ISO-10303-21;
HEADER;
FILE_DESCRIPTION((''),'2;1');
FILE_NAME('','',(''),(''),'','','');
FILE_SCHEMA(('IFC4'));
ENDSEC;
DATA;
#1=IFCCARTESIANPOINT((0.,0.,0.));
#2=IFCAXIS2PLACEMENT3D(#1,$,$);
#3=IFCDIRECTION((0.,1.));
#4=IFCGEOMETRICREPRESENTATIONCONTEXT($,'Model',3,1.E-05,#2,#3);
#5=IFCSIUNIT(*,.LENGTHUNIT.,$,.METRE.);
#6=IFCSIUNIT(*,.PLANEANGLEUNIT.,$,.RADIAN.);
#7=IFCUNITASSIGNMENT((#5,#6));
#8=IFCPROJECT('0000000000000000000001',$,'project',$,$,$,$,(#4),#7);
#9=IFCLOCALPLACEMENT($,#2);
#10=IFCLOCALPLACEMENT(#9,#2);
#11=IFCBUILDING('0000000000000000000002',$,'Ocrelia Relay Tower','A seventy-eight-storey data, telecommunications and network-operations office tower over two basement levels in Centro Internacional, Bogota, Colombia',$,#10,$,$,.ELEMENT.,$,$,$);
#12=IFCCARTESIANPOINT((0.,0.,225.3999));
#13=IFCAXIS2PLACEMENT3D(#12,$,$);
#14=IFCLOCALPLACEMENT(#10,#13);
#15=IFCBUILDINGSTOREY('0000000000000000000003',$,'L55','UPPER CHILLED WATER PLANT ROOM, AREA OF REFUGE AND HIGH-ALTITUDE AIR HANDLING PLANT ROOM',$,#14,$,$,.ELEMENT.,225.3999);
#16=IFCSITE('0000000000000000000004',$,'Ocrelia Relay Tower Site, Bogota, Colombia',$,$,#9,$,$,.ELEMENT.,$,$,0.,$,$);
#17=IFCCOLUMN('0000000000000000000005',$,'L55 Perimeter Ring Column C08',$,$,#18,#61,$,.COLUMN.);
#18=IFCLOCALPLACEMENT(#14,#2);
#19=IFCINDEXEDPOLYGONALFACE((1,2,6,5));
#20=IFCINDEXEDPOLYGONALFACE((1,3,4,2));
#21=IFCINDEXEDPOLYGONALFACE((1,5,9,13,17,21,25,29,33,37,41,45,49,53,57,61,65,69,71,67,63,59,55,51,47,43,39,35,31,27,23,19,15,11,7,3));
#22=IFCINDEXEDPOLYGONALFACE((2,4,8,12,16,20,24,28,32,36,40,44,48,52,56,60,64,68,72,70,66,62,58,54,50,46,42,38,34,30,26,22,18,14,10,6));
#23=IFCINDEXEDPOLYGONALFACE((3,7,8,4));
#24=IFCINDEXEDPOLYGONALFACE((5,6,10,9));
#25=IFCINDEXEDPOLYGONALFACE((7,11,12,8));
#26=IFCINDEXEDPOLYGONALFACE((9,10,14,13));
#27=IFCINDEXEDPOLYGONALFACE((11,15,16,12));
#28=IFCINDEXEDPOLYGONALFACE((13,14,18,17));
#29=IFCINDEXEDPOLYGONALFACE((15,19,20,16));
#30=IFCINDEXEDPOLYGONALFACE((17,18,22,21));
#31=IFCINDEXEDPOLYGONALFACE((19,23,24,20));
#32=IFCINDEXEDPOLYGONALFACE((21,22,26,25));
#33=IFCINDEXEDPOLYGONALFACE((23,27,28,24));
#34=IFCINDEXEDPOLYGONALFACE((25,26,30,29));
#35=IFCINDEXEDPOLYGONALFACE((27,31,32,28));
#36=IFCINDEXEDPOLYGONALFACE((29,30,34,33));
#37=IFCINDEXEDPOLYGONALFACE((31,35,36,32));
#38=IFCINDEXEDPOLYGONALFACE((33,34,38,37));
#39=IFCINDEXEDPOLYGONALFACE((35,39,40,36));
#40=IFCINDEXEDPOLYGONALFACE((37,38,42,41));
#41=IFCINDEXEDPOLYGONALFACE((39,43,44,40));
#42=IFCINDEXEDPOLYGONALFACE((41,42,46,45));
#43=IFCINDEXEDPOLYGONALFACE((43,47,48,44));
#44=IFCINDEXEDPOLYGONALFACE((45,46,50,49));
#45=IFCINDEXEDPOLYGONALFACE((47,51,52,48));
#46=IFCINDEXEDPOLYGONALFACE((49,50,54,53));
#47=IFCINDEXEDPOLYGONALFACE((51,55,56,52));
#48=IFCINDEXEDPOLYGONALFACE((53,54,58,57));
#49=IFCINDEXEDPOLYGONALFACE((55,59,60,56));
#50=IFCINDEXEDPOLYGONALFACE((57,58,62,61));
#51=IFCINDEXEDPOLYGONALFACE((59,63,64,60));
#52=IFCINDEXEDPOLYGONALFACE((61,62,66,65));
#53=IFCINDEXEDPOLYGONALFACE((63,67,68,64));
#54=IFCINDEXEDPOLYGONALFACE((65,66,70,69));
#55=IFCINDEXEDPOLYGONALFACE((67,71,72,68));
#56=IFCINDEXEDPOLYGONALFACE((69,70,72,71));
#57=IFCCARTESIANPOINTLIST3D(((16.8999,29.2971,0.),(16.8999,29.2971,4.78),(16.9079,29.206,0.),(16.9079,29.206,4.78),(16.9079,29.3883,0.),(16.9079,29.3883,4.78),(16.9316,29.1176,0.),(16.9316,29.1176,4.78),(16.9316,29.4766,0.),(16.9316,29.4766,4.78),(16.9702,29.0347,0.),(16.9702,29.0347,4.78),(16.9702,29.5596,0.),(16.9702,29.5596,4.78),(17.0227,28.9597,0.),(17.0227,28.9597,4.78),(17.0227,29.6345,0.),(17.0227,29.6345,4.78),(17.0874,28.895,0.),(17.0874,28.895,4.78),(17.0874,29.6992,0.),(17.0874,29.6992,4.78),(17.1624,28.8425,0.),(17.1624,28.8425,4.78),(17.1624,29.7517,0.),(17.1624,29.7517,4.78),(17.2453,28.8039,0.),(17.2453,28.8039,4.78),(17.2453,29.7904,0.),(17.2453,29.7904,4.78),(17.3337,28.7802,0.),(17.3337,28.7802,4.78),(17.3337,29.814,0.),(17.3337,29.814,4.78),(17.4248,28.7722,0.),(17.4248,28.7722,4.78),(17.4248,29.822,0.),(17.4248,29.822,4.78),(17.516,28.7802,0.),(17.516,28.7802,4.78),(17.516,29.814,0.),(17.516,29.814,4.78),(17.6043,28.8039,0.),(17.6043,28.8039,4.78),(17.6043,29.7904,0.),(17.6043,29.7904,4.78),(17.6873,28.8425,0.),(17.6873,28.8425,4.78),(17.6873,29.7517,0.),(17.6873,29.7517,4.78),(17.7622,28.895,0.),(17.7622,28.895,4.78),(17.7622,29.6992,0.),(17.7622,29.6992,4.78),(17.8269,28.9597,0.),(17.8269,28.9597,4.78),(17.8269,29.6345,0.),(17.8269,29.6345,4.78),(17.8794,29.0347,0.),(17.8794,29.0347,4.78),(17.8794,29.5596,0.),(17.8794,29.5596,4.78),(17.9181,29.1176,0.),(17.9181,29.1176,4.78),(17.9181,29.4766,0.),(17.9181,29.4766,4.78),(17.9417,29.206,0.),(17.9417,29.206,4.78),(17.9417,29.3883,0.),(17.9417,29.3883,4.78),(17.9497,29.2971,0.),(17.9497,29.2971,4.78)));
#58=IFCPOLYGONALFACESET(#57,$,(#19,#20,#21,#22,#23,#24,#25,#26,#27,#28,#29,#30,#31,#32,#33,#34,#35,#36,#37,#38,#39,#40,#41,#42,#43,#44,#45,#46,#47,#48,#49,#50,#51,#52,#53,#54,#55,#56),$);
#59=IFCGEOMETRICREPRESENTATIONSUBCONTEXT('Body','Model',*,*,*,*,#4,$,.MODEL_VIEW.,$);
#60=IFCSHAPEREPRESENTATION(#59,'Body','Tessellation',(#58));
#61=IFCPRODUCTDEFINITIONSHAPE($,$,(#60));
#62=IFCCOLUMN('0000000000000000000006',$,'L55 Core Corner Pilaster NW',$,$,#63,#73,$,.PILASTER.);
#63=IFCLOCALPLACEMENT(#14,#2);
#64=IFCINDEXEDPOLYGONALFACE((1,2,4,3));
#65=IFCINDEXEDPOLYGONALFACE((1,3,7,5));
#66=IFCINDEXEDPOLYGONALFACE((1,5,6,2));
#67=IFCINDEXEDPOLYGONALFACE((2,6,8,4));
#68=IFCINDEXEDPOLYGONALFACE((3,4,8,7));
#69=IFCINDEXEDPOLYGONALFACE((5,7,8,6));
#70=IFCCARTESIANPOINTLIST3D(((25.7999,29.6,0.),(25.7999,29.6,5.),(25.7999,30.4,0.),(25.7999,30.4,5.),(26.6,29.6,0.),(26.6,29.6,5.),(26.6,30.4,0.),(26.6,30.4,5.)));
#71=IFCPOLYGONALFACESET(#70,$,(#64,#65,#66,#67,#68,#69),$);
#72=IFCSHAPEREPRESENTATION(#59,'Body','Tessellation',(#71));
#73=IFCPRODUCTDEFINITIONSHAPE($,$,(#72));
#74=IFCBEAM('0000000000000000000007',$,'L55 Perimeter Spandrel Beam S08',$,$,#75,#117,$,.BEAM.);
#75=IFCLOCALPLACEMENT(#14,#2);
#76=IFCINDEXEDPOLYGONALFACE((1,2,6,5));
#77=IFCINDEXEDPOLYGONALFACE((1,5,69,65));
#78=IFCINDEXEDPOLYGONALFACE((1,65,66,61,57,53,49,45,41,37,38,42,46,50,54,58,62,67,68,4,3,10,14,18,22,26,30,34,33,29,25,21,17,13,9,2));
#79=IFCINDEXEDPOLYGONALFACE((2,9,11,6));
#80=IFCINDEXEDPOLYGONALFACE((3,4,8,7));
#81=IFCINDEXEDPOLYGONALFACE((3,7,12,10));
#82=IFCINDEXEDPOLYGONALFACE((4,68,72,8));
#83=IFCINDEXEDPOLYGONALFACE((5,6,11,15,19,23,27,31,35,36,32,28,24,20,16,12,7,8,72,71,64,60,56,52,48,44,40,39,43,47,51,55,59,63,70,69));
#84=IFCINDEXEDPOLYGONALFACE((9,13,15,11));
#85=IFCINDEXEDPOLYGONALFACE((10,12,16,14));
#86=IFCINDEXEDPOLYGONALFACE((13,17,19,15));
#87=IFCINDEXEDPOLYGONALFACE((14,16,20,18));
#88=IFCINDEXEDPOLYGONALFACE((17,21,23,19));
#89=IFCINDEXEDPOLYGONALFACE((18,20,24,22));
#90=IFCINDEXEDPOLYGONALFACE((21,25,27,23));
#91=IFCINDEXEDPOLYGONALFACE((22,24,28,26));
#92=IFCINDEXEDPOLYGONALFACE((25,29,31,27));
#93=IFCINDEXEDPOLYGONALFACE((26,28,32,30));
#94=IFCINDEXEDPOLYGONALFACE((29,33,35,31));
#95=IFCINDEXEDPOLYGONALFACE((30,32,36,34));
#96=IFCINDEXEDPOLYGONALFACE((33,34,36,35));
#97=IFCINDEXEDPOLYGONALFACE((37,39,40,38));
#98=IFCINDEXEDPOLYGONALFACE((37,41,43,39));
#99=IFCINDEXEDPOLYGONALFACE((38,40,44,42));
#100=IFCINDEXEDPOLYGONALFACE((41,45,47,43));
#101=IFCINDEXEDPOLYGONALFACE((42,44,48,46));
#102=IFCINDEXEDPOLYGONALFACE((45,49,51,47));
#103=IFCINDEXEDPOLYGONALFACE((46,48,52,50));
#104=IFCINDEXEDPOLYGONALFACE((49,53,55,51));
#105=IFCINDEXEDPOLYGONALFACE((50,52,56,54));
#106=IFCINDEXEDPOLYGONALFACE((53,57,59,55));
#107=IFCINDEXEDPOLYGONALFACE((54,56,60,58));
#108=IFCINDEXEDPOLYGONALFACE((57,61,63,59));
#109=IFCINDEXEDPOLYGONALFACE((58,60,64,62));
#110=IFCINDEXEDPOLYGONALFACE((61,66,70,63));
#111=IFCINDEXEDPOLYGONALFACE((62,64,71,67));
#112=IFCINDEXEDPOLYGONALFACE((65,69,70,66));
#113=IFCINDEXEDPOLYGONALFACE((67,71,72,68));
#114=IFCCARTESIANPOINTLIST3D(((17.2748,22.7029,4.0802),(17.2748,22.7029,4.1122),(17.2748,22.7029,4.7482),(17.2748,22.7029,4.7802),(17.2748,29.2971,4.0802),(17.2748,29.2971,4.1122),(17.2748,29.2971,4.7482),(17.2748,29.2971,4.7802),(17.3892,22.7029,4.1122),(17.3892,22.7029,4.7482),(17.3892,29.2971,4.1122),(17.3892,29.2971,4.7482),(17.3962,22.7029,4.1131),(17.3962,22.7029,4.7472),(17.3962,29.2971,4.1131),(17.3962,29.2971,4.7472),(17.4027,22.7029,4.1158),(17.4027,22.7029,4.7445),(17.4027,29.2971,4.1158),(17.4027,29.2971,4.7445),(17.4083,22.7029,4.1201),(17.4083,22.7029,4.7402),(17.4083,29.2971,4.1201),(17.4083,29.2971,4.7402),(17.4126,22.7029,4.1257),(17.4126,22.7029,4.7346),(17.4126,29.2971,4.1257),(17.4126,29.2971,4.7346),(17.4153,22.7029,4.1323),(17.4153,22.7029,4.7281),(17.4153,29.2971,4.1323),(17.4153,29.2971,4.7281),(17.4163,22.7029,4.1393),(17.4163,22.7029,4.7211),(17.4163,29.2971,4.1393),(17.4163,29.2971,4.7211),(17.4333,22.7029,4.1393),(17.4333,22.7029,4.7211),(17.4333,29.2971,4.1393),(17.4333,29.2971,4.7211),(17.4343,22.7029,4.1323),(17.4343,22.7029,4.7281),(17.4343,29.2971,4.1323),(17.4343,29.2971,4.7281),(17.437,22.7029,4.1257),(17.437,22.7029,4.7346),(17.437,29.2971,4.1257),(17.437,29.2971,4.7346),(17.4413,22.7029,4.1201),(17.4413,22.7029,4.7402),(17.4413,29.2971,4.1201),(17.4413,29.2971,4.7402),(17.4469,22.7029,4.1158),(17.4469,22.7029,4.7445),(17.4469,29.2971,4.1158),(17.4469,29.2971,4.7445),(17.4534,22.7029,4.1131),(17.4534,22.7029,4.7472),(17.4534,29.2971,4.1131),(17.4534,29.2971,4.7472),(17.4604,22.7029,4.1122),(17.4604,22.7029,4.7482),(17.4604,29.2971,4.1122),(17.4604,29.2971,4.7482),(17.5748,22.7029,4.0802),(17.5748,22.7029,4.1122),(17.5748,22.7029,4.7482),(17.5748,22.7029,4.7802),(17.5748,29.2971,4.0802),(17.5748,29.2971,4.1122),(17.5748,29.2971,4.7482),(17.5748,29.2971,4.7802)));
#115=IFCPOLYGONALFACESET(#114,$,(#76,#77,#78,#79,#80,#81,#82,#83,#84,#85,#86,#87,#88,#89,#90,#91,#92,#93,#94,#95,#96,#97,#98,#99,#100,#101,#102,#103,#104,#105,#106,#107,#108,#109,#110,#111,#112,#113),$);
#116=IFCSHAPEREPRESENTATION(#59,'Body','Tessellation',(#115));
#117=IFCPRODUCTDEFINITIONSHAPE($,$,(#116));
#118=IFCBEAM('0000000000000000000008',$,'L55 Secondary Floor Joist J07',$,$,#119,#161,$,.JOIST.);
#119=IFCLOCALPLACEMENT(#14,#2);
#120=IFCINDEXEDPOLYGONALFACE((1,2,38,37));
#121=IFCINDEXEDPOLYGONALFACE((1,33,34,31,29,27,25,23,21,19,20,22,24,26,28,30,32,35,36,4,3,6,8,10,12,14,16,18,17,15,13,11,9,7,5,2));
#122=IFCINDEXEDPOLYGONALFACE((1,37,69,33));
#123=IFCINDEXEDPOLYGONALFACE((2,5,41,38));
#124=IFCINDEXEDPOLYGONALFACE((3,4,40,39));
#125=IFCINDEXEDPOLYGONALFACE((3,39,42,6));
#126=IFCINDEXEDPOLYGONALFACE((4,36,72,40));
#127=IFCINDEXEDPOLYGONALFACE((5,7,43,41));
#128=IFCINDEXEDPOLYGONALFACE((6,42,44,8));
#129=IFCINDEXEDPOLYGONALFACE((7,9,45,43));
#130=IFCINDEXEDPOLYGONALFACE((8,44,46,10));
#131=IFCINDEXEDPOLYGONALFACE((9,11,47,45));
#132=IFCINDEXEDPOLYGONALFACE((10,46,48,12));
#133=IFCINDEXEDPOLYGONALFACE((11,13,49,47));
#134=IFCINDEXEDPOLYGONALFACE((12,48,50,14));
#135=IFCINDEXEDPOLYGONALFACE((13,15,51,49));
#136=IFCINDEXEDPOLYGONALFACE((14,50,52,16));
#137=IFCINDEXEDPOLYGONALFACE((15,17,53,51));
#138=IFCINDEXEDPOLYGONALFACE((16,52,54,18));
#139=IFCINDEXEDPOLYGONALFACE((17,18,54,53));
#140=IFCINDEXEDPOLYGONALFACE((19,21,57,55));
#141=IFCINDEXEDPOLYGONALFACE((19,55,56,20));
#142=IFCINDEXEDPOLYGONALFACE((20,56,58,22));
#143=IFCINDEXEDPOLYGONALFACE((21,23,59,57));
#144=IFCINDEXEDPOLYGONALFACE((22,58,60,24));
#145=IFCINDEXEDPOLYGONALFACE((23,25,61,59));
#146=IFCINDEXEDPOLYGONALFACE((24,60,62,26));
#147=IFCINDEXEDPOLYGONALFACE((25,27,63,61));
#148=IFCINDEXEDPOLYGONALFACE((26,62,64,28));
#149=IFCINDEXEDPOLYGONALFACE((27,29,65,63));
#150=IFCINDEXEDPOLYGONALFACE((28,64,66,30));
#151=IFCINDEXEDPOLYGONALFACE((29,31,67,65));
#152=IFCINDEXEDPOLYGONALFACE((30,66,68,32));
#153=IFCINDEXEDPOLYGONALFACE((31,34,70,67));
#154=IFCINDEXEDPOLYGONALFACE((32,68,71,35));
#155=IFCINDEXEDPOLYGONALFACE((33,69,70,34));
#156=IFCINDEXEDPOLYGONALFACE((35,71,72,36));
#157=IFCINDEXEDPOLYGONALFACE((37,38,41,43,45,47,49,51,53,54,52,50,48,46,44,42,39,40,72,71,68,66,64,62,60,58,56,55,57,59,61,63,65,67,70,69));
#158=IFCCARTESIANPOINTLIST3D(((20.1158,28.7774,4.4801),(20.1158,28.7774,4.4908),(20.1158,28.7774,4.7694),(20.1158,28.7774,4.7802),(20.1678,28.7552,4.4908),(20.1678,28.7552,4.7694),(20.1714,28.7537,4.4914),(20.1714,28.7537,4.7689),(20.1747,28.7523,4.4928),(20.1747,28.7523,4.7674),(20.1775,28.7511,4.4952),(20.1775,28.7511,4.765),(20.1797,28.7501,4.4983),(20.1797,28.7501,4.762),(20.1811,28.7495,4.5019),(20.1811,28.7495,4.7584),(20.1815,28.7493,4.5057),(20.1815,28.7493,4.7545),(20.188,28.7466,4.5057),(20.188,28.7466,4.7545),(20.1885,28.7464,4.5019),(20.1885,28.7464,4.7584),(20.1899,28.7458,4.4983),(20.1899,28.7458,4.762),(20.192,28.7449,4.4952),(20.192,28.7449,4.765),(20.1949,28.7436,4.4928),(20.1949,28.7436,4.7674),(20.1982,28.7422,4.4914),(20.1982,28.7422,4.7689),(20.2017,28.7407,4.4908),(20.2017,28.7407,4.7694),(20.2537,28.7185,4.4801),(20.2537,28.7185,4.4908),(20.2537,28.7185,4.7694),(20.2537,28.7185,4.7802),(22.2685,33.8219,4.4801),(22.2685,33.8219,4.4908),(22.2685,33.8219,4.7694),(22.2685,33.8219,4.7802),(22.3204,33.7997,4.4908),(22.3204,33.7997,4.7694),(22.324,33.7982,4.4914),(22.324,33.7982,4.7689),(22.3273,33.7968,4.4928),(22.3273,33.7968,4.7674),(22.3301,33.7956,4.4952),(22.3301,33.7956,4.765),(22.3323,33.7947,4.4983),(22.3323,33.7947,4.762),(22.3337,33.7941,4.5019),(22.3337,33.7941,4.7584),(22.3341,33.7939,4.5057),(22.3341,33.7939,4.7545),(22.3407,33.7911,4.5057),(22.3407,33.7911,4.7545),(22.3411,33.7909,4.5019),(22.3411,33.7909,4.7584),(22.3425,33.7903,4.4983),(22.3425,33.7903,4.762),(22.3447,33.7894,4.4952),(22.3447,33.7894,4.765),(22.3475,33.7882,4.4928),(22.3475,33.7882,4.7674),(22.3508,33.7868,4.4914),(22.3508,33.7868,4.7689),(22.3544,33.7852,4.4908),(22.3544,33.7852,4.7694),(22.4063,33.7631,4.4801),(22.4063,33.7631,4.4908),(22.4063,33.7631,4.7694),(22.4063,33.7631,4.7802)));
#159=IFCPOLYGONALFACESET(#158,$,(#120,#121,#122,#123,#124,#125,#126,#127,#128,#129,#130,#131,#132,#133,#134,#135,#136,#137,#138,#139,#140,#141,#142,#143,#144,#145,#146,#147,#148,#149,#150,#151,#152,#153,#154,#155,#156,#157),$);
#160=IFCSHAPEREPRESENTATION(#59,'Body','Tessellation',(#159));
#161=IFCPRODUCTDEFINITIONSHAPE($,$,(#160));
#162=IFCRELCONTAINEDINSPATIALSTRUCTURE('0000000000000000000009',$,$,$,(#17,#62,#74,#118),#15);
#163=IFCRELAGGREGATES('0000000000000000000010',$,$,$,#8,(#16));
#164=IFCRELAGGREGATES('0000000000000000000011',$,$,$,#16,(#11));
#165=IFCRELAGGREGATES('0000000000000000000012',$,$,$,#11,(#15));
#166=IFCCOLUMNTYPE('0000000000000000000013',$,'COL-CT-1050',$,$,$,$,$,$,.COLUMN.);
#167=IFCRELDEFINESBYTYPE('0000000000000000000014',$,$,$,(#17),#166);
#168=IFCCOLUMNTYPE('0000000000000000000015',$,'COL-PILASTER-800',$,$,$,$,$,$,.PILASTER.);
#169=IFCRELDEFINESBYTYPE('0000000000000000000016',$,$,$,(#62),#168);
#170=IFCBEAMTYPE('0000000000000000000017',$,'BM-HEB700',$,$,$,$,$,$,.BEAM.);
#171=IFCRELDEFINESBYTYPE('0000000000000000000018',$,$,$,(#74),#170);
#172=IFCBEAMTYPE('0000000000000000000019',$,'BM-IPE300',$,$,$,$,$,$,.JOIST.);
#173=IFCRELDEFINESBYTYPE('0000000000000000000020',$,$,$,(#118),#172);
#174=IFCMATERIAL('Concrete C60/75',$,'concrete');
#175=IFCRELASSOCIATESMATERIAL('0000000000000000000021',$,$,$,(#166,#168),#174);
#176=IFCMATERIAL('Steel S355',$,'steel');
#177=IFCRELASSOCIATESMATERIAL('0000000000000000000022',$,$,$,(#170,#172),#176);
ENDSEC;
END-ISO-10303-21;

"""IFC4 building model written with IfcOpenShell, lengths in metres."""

from ifc_helpers import new_model, si_unit, direction, frame, origin, origin_2d, place, context, subcontext, project, spatial, rectangle, circle, i_section, extrude, material, material_profile, profile_set, type_object, element, save


model = new_model("IFC4")

# Units and contexts
model_context = context("Model", 3, precision=1e-05, world=origin(), true_north=direction((0.0, 1.0)))
body_context = subcontext(model_context, "Body", "Model", "MODEL_VIEW")
ifc_project = project(units=[si_unit("LENGTHUNIT", "METRE"), si_unit("PLANEANGLEUNIT", "RADIAN")], contexts=[model_context])

# Site, building, storey
site_placement = place(None, origin())
site = spatial("IfcSite", under=ifc_project, at=site_placement, Name="Ocrelia Relay Tower Site, Bogota, Colombia", CompositionType="ELEMENT", RefElevation=0.0)
building_placement = place(site_placement, origin())
building = spatial("IfcBuilding", under=site, at=building_placement, Name="Ocrelia Relay Tower", Description="A seventy-eight-storey data, telecommunications and network-operations office tower over two basement levels in Centro Internacional, Bogota, Colombia", CompositionType="ELEMENT")
storey_placement = place(building_placement, frame((0.0, 0.0, 225.3999)))
storey = spatial("IfcBuildingStorey", under=building, at=storey_placement, Name="L55", Description="UPPER CHILLED WATER PLANT ROOM, AREA OF REFUGE AND HIGH-ALTITUDE AIR HANDLING PLANT ROOM", CompositionType="ELEMENT", Elevation=225.3999)

# Columns
ifc_material_1 = material(Name="Concrete C60/75", Category="concrete")
ifc_material_profile_1 = material_profile(ifc_material_1, circle(Radius=0.5249, at=origin_2d()), Name="RC-CIR-1050")
ifc_profile_set_1 = profile_set([ifc_material_profile_1], Name="Concrete C60/75")
column_type_1 = type_object("IfcColumnType", Name="COL-CT-1050", PredefinedType="COLUMN", material=ifc_profile_set_1)
column_1_placement = place(storey_placement, frame((17.4248, 29.2971, 0.0), z_axis=(0.0, 0.0, 1.0), x_axis=(1.0, 0.0, 0.0)))
element("IfcColumn", 1, at=column_1_placement, inside=storey, type_object=column_type_1, Name="L55 Perimeter Ring Column C08", PredefinedType="COLUMN", context=body_context, shape_type="SweptSolid", body=[
    extrude(circle(Radius=0.5249, at=origin_2d()), origin(), (0.0, 0.0, 1.0), 4.78),
])
ifc_material_profile_2 = material_profile(ifc_material_1, rectangle(XDim=0.8, YDim=0.8, at=origin_2d()), Name="RC-COL-800x800")
ifc_profile_set_2 = profile_set([ifc_material_profile_2], Name="Concrete C60/75")
column_type_2 = type_object("IfcColumnType", Name="COL-PILASTER-800", PredefinedType="PILASTER", material=ifc_profile_set_2)
column_2_placement = place(storey_placement, frame((26.2, 30.0, 0.0), z_axis=(0.0, 0.0, 1.0), x_axis=(1.0, 0.0, 0.0)))
element("IfcColumn", 2, at=column_2_placement, inside=storey, type_object=column_type_2, Name="L55 Core Corner Pilaster NW", PredefinedType="PILASTER", context=body_context, shape_type="SweptSolid", body=[
    extrude(rectangle(XDim=0.8, YDim=0.8, at=origin_2d()), origin(), (0.0, 0.0, 1.0), 5.0),
])

# Beams
ifc_material_2 = material(Name="Steel S355", Category="steel")
ifc_material_profile_3 = material_profile(ifc_material_2, i_section(OverallWidth=0.3, OverallDepth=0.7, WebThickness=0.0171, FlangeThickness=0.032, FilletRadius=0.0271, at=origin_2d()), Name="HEB 700")
ifc_profile_set_3 = profile_set([ifc_material_profile_3], Name="Steel S355")
beam_type_1 = type_object("IfcBeamType", Name="BM-HEB700", PredefinedType="BEAM", material=ifc_profile_set_3)
beam_1_placement = place(storey_placement, frame((17.4248, 29.2971, 4.4302), z_axis=(0.0, -1.0, 0.0), x_axis=(1.0, 0.0, 0.0)))
element("IfcBeam", 3, at=beam_1_placement, inside=storey, type_object=beam_type_1, Name="L55 Perimeter Spandrel Beam S08", PredefinedType="BEAM", context=body_context, shape_type="SweptSolid", body=[
    extrude(i_section(OverallWidth=0.3, OverallDepth=0.7, WebThickness=0.0171, FlangeThickness=0.032, FilletRadius=0.0271, at=origin_2d()), origin(), (0.0, 0.0, 1.0), 6.5942),
])
ifc_material_profile_4 = material_profile(ifc_material_2, i_section(OverallWidth=0.1499, OverallDepth=0.3, WebThickness=0.0071, FlangeThickness=0.0107, FilletRadius=0.0149, at=origin_2d()), Name="IPE 300")
ifc_profile_set_4 = profile_set([ifc_material_profile_4], Name="Steel S355")
beam_type_2 = type_object("IfcBeamType", Name="BM-IPE300", PredefinedType="JOIST", material=ifc_profile_set_4)
beam_2_placement = place(storey_placement, frame((22.3374, 33.7925, 4.6301), z_axis=(-0.392484, -0.919759, 0.0), x_axis=(0.919759, -0.392484, 0.0)))
element("IfcBeam", 4, at=beam_2_placement, inside=storey, type_object=beam_type_2, Name="L55 Secondary Floor Joist J07", PredefinedType="JOIST", context=body_context, shape_type="SweptSolid", body=[
    extrude(i_section(OverallWidth=0.1499, OverallDepth=0.3, WebThickness=0.0071, FlangeThickness=0.0107, FilletRadius=0.0149, at=origin_2d()), origin(), (0.0, 0.0, 1.0), 5.4846),
])

save(model, "model.ifc")
